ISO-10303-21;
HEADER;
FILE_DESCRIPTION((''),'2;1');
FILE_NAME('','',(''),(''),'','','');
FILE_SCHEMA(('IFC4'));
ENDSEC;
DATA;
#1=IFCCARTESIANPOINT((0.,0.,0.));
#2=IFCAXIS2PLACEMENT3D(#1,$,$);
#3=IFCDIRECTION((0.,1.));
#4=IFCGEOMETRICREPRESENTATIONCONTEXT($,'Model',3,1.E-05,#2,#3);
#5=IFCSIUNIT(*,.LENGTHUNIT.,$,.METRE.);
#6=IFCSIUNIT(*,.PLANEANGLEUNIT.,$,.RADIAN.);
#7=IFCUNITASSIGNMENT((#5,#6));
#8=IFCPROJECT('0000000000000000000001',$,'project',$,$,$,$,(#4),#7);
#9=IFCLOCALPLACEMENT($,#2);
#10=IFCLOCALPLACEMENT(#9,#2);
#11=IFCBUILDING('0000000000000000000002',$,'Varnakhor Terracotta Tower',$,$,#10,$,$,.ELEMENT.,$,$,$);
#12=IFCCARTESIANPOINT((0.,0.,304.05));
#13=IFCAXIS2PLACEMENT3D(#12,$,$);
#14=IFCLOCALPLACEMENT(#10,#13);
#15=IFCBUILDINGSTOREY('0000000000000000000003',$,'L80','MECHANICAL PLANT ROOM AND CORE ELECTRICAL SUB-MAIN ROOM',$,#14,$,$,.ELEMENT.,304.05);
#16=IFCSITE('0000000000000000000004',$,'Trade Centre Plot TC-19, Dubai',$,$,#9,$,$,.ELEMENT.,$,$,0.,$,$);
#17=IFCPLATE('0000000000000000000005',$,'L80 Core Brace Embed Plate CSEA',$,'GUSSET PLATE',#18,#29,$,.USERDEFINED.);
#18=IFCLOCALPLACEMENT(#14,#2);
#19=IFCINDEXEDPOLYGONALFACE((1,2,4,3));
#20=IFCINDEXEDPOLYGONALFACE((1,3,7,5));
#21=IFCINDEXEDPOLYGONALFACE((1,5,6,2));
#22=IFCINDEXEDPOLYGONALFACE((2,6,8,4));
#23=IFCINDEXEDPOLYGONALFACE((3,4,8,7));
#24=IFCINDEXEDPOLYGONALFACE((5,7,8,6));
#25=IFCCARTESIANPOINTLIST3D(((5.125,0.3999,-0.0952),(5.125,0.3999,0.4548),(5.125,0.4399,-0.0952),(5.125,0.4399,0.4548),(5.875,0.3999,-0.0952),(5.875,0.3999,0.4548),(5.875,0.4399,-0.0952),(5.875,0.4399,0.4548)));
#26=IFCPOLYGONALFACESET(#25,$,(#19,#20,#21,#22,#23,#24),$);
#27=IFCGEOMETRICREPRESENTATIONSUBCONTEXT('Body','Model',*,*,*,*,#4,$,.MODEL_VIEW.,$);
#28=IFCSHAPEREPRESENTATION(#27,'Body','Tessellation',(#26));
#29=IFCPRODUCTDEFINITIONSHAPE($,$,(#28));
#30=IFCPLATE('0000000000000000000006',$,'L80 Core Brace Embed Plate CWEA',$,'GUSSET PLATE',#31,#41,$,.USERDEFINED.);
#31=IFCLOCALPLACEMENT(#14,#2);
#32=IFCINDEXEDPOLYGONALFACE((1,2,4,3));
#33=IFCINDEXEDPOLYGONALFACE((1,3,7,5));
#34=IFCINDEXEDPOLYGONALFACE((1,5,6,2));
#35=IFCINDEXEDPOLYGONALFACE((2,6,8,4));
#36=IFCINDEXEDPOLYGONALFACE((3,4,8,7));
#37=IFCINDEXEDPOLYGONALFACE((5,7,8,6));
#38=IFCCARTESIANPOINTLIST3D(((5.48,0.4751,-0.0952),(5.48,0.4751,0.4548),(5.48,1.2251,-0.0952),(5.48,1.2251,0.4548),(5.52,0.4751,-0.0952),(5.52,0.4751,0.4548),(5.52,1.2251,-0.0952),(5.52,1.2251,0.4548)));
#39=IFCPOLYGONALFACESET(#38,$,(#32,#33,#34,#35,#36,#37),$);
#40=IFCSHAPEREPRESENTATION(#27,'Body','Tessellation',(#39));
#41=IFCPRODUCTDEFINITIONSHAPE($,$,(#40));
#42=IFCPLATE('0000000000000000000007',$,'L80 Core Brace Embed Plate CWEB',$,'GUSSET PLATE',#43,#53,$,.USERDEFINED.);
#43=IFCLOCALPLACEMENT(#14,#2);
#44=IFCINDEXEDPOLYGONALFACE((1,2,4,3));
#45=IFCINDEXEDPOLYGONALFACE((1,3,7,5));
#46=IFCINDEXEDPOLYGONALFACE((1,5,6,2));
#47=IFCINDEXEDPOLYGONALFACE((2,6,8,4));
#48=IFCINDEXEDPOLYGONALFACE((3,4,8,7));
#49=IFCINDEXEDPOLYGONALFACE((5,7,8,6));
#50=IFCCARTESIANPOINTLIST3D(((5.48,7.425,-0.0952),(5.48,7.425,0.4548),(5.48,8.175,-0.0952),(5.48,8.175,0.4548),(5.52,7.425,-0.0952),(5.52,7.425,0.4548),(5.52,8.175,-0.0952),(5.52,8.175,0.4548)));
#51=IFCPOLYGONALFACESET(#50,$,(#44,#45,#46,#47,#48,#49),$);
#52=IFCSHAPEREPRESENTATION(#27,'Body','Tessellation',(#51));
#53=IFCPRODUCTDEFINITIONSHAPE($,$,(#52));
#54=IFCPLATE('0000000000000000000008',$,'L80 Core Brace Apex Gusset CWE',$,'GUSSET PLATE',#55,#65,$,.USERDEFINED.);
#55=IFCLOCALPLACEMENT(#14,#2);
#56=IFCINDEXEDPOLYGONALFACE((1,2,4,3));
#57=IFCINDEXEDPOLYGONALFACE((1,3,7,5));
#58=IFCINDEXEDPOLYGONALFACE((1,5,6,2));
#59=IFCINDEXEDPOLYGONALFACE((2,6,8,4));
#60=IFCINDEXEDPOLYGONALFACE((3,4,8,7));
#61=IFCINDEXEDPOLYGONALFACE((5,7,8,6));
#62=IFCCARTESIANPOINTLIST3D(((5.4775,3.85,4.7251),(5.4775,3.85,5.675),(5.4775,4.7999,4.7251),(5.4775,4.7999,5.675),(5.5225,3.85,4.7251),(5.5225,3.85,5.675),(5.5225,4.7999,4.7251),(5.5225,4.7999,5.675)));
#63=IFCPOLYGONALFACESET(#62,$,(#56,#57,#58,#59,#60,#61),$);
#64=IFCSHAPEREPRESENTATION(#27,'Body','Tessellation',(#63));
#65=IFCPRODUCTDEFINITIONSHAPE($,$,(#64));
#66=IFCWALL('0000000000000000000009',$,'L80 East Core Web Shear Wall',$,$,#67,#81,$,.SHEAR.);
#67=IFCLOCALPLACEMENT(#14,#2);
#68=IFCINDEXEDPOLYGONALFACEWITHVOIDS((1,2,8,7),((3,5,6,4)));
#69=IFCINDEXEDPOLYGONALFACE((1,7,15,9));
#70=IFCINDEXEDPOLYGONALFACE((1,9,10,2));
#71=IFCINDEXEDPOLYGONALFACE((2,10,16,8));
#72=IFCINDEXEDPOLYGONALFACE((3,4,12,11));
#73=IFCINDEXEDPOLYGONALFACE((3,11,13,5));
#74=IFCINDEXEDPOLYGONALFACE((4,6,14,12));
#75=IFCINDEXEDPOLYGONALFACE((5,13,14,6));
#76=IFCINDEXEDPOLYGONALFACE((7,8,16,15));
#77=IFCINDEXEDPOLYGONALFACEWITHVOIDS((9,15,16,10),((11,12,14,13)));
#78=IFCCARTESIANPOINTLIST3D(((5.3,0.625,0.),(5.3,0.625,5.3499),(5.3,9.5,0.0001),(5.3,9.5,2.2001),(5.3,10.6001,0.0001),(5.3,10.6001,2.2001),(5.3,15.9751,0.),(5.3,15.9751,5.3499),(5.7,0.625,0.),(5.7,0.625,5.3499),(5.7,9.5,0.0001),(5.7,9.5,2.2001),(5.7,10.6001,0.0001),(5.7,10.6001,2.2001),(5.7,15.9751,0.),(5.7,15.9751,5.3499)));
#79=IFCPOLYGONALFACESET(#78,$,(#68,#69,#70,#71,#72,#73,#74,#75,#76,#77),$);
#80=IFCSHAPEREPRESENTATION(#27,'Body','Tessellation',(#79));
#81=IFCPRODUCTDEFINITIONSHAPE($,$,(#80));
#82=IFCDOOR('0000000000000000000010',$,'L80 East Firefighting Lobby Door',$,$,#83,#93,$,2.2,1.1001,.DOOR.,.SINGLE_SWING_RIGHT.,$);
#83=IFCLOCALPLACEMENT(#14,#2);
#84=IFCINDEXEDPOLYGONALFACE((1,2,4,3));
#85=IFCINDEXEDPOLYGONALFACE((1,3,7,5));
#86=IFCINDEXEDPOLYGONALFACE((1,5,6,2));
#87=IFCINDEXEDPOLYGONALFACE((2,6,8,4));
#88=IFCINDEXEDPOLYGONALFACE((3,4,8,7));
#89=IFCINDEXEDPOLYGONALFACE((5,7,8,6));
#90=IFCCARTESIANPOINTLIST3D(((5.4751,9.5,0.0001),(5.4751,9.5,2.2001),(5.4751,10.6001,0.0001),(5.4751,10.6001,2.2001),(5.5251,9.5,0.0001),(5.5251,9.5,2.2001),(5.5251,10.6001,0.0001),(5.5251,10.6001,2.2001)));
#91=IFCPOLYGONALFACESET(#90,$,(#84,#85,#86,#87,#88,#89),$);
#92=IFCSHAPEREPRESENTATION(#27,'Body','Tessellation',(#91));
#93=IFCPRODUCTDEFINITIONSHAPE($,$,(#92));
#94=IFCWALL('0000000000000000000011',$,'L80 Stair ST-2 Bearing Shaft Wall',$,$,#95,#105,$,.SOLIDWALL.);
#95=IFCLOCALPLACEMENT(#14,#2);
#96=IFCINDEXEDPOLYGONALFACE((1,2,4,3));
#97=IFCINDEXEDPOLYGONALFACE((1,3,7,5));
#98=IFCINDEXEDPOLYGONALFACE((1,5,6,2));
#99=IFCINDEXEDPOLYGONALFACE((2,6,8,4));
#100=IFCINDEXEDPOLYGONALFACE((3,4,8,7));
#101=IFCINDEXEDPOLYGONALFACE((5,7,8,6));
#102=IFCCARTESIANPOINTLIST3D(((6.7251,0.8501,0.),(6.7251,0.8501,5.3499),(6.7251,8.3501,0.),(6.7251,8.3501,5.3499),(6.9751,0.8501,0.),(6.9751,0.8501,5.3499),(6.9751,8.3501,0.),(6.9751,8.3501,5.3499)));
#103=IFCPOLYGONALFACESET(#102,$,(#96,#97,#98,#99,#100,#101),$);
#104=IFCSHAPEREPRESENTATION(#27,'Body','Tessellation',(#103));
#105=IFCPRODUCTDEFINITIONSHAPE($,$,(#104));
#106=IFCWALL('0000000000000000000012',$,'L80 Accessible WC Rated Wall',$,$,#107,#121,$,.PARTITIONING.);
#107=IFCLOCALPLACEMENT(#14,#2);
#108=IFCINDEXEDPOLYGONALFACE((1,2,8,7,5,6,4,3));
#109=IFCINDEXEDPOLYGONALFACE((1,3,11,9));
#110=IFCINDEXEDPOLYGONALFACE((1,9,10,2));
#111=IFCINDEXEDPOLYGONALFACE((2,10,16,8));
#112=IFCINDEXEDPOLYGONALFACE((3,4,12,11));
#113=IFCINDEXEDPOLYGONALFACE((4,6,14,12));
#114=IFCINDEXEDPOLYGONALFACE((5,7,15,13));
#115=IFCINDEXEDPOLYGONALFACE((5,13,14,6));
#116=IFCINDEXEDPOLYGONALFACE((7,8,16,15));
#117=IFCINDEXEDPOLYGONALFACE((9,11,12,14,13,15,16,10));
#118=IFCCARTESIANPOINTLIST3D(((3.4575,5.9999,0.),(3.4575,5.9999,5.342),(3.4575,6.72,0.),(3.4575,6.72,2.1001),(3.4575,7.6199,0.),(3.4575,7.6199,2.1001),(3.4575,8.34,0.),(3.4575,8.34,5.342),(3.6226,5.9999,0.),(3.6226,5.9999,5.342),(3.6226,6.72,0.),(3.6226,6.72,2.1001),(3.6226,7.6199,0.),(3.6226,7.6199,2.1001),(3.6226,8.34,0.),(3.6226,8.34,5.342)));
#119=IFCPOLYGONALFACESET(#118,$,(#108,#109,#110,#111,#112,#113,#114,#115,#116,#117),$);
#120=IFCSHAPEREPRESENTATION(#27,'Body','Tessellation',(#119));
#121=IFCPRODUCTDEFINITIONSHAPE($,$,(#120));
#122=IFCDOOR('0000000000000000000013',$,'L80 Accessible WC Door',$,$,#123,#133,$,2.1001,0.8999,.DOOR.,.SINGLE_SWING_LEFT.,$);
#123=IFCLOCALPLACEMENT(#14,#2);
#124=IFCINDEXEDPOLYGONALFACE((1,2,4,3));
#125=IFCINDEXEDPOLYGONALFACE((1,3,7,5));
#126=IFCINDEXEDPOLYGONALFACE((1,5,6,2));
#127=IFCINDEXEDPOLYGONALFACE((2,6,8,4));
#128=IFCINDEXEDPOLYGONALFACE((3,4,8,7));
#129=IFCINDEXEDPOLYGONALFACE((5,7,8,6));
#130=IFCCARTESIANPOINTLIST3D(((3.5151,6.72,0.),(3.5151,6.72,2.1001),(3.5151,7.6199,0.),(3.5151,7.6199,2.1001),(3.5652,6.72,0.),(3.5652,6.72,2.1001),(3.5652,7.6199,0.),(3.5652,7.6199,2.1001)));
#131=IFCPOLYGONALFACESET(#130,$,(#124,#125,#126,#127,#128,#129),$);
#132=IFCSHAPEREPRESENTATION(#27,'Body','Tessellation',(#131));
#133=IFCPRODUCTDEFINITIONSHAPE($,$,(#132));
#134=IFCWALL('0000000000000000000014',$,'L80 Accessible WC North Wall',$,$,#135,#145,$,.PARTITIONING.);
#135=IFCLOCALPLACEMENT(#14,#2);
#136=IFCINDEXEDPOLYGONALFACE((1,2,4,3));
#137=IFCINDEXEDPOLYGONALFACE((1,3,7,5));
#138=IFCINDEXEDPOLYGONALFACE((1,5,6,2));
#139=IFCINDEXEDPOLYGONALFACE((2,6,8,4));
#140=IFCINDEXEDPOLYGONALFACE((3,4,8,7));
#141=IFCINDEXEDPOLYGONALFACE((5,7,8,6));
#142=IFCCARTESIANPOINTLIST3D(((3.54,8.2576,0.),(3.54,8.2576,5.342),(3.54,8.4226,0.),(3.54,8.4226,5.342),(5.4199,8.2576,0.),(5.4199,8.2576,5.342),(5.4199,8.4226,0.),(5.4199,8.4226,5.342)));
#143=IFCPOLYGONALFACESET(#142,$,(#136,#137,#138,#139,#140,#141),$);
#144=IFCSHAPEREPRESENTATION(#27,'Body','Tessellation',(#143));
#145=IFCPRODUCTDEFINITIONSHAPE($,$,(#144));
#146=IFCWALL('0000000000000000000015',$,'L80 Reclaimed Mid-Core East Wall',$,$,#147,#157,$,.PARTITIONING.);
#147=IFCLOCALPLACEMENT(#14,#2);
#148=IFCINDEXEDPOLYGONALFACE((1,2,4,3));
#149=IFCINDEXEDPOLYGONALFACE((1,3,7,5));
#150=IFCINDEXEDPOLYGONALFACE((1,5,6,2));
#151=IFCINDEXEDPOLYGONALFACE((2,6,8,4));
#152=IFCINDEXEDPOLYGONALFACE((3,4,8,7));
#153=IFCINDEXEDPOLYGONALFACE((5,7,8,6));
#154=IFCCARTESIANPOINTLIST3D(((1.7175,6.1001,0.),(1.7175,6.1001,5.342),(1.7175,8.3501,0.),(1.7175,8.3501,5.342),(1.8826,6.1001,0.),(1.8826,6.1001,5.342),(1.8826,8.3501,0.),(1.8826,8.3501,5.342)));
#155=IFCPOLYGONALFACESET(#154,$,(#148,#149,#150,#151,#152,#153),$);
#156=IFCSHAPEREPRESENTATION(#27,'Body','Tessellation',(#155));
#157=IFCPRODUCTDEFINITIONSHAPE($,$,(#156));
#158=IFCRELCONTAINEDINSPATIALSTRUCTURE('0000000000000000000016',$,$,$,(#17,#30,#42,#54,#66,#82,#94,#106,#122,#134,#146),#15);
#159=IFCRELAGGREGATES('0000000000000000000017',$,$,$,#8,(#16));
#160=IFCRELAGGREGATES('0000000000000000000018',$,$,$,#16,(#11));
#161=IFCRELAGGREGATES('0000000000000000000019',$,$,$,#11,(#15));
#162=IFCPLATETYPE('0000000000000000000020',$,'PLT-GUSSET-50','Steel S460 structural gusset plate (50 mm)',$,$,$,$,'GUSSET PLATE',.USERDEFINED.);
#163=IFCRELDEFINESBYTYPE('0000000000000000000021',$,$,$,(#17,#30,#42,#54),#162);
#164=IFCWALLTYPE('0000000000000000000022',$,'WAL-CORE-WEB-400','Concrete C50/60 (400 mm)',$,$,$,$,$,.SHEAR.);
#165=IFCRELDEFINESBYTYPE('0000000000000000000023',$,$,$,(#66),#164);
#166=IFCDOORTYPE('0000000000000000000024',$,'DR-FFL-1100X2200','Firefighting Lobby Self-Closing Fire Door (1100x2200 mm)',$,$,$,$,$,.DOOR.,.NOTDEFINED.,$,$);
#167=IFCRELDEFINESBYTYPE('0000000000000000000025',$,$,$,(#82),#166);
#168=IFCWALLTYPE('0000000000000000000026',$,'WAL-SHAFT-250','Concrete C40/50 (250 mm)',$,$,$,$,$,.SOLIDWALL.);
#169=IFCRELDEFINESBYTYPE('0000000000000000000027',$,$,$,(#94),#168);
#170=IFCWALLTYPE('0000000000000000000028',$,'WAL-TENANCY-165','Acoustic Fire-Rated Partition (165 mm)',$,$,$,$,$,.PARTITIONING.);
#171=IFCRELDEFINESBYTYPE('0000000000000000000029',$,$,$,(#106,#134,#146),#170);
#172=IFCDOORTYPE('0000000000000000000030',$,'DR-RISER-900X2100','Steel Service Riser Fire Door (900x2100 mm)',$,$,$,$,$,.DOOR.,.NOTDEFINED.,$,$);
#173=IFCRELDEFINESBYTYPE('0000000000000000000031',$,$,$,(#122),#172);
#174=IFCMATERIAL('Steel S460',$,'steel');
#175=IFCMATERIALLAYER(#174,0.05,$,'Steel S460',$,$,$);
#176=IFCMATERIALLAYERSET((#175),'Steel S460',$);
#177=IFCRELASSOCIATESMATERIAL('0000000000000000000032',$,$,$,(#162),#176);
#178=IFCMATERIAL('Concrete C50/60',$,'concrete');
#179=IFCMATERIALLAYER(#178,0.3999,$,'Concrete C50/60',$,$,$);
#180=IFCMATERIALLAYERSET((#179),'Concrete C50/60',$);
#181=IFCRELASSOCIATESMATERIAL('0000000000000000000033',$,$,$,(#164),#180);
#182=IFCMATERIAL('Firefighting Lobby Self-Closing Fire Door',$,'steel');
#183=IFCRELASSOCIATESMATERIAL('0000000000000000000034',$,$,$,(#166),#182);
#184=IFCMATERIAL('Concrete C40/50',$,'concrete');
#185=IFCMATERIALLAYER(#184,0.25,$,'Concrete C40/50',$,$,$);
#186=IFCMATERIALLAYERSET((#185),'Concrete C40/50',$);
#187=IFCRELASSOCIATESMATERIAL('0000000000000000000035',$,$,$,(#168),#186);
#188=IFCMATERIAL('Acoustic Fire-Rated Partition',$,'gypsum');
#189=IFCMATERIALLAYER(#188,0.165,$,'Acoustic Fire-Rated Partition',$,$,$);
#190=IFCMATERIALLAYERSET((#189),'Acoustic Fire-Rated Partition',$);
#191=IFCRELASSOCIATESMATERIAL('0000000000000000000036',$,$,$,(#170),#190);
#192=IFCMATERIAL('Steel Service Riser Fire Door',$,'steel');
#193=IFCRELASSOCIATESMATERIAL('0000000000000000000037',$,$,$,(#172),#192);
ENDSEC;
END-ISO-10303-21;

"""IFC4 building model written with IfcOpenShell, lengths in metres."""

from ifc_helpers import new_model, si_unit, direction, frame, frame_2d, origin, origin_2d, place, context, subcontext, project, spatial, rectangle, extrude, source, transform, mapped, material, layer, layer_set, type_object, type_shapes, element, fill, save


model = new_model("IFC4")

# Units and contexts
model_context = context("Model", 3, precision=1e-05, world=origin(), true_north=direction((0.0, 1.0)))
body_context = subcontext(model_context, "Body", "Model", "MODEL_VIEW")
ifc_project = project(units=[si_unit("LENGTHUNIT", "METRE"), si_unit("PLANEANGLEUNIT", "RADIAN")], contexts=[model_context])

# Site, building, storey
site_placement = place(None, origin())
site = spatial("IfcSite", under=ifc_project, at=site_placement, Name="Trade Centre Plot TC-19, Dubai", CompositionType="ELEMENT", RefElevation=0.0)
building_placement = place(site_placement, origin())
building = spatial("IfcBuilding", under=site, at=building_placement, Name="Varnakhor Terracotta Tower", CompositionType="ELEMENT")
storey_placement = place(building_placement, frame((0.0, 0.0, 304.05)))
storey = spatial("IfcBuildingStorey", under=building, at=storey_placement, Name="L80", Description="MECHANICAL PLANT ROOM AND CORE ELECTRICAL SUB-MAIN ROOM", CompositionType="ELEMENT", Elevation=304.05)

# Shared definitions
ifc_material_1 = material(Name="Concrete C50/60", Category="concrete")

# Shared definitions
ifc_material_2 = material(Name="Concrete C40/50", Category="concrete")

# Plates
ifc_material_3 = material(Name="Steel S460", Category="steel")
ifc_layer_1 = layer(ifc_material_3, 0.05, Name="Steel S460")
ifc_layer_set_1 = layer_set([ifc_layer_1], Name="Steel S460")
plate_type = type_object("IfcPlateType", Name="PLT-GUSSET-50", Description="Steel S460 structural gusset plate (50 mm)", ElementType="GUSSET PLATE", PredefinedType="USERDEFINED", material=ifc_layer_set_1)
shared_shape_1 = source(origin(), body_context, "Body", "SweptSolid", [
    extrude(rectangle(XDim=0.75, YDim=0.04, at=origin_2d()), origin(), (0.0, 0.0, 1.0), 0.55),
])
type_shapes(plate_type, [shared_shape_1])
for number, where, z_axis, x_axis, name in (
    (1, (5.5, 0.4199, -0.0952), (0.0, 0.0, 1.0), (1.0, 0.0, 0.0), "L80 Core Brace Embed Plate CSEA"),
    (2, (5.5, 0.8501, -0.0952), (0.0, 0.0, 1.0), (0.0, 1.0, 0.0), "L80 Core Brace Embed Plate CWEA"),
    (3, (5.5, 7.8, -0.0952), (0.0, 0.0, 1.0), (0.0, 1.0, 0.0), "L80 Core Brace Embed Plate CWEB"),
):
    element("IfcPlate", number, at=place(storey_placement, frame(where, z_axis=z_axis, x_axis=x_axis)), inside=storey, type_object=plate_type, Name=name, ObjectType="GUSSET PLATE", PredefinedType="USERDEFINED", context=body_context, shape_type="MappedRepresentation", body=[
        mapped(shared_shape_1, transform((0.0, 0.0, 0.0), scale=1.0)),
    ])
shared_shape_2 = source(origin(), body_context, "Body", "SweptSolid", [
    extrude(rectangle(XDim=0.95, YDim=0.0449, at=origin_2d()), origin(), (0.0, 0.0, 1.0), 0.95),
])
plate_placement = place(storey_placement, frame((5.5, 4.325, 4.7251), z_axis=(0.0, 0.0, 1.0), x_axis=(0.0, 1.0, 0.0)))
element("IfcPlate", 4, at=plate_placement, inside=storey, type_object=plate_type, Name="L80 Core Brace Apex Gusset CWE", ObjectType="GUSSET PLATE", PredefinedType="USERDEFINED", context=body_context, shape_type="MappedRepresentation", body=[
    mapped(shared_shape_2, transform((0.0, 0.0, 0.0), scale=1.0)),
])

# Wall, opening, door
ifc_layer_2 = layer(ifc_material_1, 0.3999, Name="Concrete C50/60")
ifc_layer_set_2 = layer_set([ifc_layer_2], Name="Concrete C50/60")
wall_type_1 = type_object("IfcWallType", Name="WAL-CORE-WEB-400", Description="Concrete C50/60 (400 mm)", PredefinedType="SHEAR", material=ifc_layer_set_2)
wall_1_placement = place(storey_placement, frame((5.5, 0.625, 0.0), z_axis=(0.0, 0.0, 1.0), x_axis=(0.0, 1.0, 0.0)))
wall_1 = element("IfcWall", 5, at=wall_1_placement, inside=storey, type_object=wall_type_1, Name="L80 East Core Web Shear Wall", PredefinedType="SHEAR", context=body_context, shape_type="SweptSolid", body=[
    extrude(rectangle(XDim=15.3501, YDim=0.3999, at=frame_2d((7.675, 0.0))), origin(), (0.0, 0.0, 1.0), 5.3499),
])
opening_1_placement = place(wall_1_placement, frame((8.875, 0.0, 0.0)))
opening_1 = element("IfcOpeningElement", 6, at=opening_1_placement, cuts=wall_1, PredefinedType="OPENING", context=body_context, shape_type="SweptSolid", body=[
    extrude(rectangle(XDim=1.1001, YDim=2.2, at=frame_2d((0.55, 1.1001))), frame((0.0, 0.21, 0.0), z_axis=(0.0, -1.0, 0.0), x_axis=(1.0, 0.0, 0.0)), (0.0, 0.0, 1.0), 0.4199),
])
ifc_material_4 = material(Name="Firefighting Lobby Self-Closing Fire Door", Category="steel")
door_type_1 = type_object("IfcDoorType", Name="DR-FFL-1100X2200", Description="Firefighting Lobby Self-Closing Fire Door (1100x2200 mm)", OperationType="NOTDEFINED", PredefinedType="DOOR", material=ifc_material_4)
shared_shape_3 = source(origin(), body_context, "Body", "SweptSolid", [
    extrude(rectangle(XDim=1.1001, YDim=2.2, at=frame_2d((0.55, 1.1001))), frame((0.0, 0.0249, 0.0), z_axis=(0.0, -1.0, 0.0), x_axis=(1.0, 0.0, 0.0)), (0.0, 0.0, 1.0), 0.05),
])
type_shapes(door_type_1, [shared_shape_3])
door_1_placement = place(opening_1_placement, origin())
door_1 = element("IfcDoor", 7, at=door_1_placement, inside=storey, type_object=door_type_1, Name="L80 East Firefighting Lobby Door", OperationType="SINGLE_SWING_RIGHT", OverallHeight=2.2, OverallWidth=1.1001, PredefinedType="DOOR", context=body_context, shape_type="MappedRepresentation", body=[
    mapped(shared_shape_3, transform((0.0, 0.0, 0.0), scale=1.0)),
])
fill(opening_1, door_1)

# Wall
ifc_layer_3 = layer(ifc_material_2, 0.25, Name="Concrete C40/50")
ifc_layer_set_3 = layer_set([ifc_layer_3], Name="Concrete C40/50")
wall_type_2 = type_object("IfcWallType", Name="WAL-SHAFT-250", Description="Concrete C40/50 (250 mm)", PredefinedType="SOLIDWALL", material=ifc_layer_set_3)
wall_2_placement = place(storey_placement, frame((6.8501, 0.8501, 0.0), z_axis=(0.0, 0.0, 1.0), x_axis=(0.0, 1.0, 0.0)))
element("IfcWall", 8, at=wall_2_placement, inside=storey, type_object=wall_type_2, Name="L80 Stair ST-2 Bearing Shaft Wall", PredefinedType="SOLIDWALL", context=body_context, shape_type="SweptSolid", body=[
    extrude(rectangle(XDim=7.5, YDim=0.25, at=frame_2d((3.75, 0.0))), origin(), (0.0, 0.0, 1.0), 5.3499),
])

# Wall, opening, door
ifc_material_5 = material(Name="Acoustic Fire-Rated Partition", Category="gypsum")
ifc_layer_4 = layer(ifc_material_5, 0.165, Name="Acoustic Fire-Rated Partition")
ifc_layer_set_4 = layer_set([ifc_layer_4], Name="Acoustic Fire-Rated Partition")
wall_type_3 = type_object("IfcWallType", Name="WAL-TENANCY-165", Description="Acoustic Fire-Rated Partition (165 mm)", PredefinedType="PARTITIONING", material=ifc_layer_set_4)
wall_3_placement = place(storey_placement, frame((3.54, 6.0, 0.0), z_axis=(0.0, 0.0, 1.0), x_axis=(0.0, 1.0, 0.0)))
wall_3 = element("IfcWall", 9, at=wall_3_placement, inside=storey, type_object=wall_type_3, Name="L80 Accessible WC Rated Wall", PredefinedType="PARTITIONING", context=body_context, shape_type="SweptSolid", body=[
    extrude(rectangle(XDim=2.3401, YDim=0.165, at=frame_2d((1.1699, 0.0))), origin(), (0.0, 0.0, 1.0), 5.342),
])
opening_2_placement = place(wall_3_placement, frame((0.72, 0.0, 0.0)))
opening_2 = element("IfcOpeningElement", 10, at=opening_2_placement, cuts=wall_3, PredefinedType="OPENING", context=body_context, shape_type="SweptSolid", body=[
    extrude(rectangle(XDim=0.8999, YDim=2.1001, at=frame_2d((0.45, 1.05))), frame((0.0, 0.0925, 0.0), z_axis=(0.0, -1.0, 0.0), x_axis=(1.0, 0.0, 0.0)), (0.0, 0.0, 1.0), 0.1851),
])
ifc_material_6 = material(Name="Steel Service Riser Fire Door", Category="steel")
door_type_2 = type_object("IfcDoorType", Name="DR-RISER-900X2100", Description="Steel Service Riser Fire Door (900x2100 mm)", OperationType="NOTDEFINED", PredefinedType="DOOR", material=ifc_material_6)
shared_shape_4 = source(origin(), body_context, "Body", "SweptSolid", [
    extrude(rectangle(XDim=0.8999, YDim=2.1001, at=frame_2d((0.45, 1.05))), frame((0.0, 0.0249, 0.0), z_axis=(0.0, -1.0, 0.0), x_axis=(1.0, 0.0, 0.0)), (0.0, 0.0, 1.0), 0.05),
])
type_shapes(door_type_2, [shared_shape_4])
door_2_placement = place(opening_2_placement, origin())
door_2 = element("IfcDoor", 11, at=door_2_placement, inside=storey, type_object=door_type_2, Name="L80 Accessible WC Door", OperationType="SINGLE_SWING_LEFT", OverallHeight=2.1001, OverallWidth=0.8999, PredefinedType="DOOR", context=body_context, shape_type="MappedRepresentation", body=[
    mapped(shared_shape_4, transform((0.0, 0.0, 0.0), scale=1.0)),
])
fill(opening_2, door_2)

# Walls
wall_4_placement = place(storey_placement, frame((3.54, 8.3401, 0.0), z_axis=(0.0, 0.0, 1.0), x_axis=(1.0, 0.0, 0.0)))
element("IfcWall", 12, at=wall_4_placement, inside=storey, type_object=wall_type_3, Name="L80 Accessible WC North Wall", PredefinedType="PARTITIONING", context=body_context, shape_type="SweptSolid", body=[
    extrude(rectangle(XDim=1.8799, YDim=0.165, at=frame_2d((0.9399, 0.0))), origin(), (0.0, 0.0, 1.0), 5.342),
])
wall_5_placement = place(storey_placement, frame((1.8, 6.1001, 0.0), z_axis=(0.0, 0.0, 1.0), x_axis=(0.0, 1.0, 0.0)))
element("IfcWall", 13, at=wall_5_placement, inside=storey, type_object=wall_type_3, Name="L80 Reclaimed Mid-Core East Wall", PredefinedType="PARTITIONING", context=body_context, shape_type="SweptSolid", body=[
    extrude(rectangle(XDim=2.25, YDim=0.165, at=frame_2d((1.125, 0.0))), origin(), (0.0, 0.0, 1.0), 5.342),
])

save(model, "model.ifc")
